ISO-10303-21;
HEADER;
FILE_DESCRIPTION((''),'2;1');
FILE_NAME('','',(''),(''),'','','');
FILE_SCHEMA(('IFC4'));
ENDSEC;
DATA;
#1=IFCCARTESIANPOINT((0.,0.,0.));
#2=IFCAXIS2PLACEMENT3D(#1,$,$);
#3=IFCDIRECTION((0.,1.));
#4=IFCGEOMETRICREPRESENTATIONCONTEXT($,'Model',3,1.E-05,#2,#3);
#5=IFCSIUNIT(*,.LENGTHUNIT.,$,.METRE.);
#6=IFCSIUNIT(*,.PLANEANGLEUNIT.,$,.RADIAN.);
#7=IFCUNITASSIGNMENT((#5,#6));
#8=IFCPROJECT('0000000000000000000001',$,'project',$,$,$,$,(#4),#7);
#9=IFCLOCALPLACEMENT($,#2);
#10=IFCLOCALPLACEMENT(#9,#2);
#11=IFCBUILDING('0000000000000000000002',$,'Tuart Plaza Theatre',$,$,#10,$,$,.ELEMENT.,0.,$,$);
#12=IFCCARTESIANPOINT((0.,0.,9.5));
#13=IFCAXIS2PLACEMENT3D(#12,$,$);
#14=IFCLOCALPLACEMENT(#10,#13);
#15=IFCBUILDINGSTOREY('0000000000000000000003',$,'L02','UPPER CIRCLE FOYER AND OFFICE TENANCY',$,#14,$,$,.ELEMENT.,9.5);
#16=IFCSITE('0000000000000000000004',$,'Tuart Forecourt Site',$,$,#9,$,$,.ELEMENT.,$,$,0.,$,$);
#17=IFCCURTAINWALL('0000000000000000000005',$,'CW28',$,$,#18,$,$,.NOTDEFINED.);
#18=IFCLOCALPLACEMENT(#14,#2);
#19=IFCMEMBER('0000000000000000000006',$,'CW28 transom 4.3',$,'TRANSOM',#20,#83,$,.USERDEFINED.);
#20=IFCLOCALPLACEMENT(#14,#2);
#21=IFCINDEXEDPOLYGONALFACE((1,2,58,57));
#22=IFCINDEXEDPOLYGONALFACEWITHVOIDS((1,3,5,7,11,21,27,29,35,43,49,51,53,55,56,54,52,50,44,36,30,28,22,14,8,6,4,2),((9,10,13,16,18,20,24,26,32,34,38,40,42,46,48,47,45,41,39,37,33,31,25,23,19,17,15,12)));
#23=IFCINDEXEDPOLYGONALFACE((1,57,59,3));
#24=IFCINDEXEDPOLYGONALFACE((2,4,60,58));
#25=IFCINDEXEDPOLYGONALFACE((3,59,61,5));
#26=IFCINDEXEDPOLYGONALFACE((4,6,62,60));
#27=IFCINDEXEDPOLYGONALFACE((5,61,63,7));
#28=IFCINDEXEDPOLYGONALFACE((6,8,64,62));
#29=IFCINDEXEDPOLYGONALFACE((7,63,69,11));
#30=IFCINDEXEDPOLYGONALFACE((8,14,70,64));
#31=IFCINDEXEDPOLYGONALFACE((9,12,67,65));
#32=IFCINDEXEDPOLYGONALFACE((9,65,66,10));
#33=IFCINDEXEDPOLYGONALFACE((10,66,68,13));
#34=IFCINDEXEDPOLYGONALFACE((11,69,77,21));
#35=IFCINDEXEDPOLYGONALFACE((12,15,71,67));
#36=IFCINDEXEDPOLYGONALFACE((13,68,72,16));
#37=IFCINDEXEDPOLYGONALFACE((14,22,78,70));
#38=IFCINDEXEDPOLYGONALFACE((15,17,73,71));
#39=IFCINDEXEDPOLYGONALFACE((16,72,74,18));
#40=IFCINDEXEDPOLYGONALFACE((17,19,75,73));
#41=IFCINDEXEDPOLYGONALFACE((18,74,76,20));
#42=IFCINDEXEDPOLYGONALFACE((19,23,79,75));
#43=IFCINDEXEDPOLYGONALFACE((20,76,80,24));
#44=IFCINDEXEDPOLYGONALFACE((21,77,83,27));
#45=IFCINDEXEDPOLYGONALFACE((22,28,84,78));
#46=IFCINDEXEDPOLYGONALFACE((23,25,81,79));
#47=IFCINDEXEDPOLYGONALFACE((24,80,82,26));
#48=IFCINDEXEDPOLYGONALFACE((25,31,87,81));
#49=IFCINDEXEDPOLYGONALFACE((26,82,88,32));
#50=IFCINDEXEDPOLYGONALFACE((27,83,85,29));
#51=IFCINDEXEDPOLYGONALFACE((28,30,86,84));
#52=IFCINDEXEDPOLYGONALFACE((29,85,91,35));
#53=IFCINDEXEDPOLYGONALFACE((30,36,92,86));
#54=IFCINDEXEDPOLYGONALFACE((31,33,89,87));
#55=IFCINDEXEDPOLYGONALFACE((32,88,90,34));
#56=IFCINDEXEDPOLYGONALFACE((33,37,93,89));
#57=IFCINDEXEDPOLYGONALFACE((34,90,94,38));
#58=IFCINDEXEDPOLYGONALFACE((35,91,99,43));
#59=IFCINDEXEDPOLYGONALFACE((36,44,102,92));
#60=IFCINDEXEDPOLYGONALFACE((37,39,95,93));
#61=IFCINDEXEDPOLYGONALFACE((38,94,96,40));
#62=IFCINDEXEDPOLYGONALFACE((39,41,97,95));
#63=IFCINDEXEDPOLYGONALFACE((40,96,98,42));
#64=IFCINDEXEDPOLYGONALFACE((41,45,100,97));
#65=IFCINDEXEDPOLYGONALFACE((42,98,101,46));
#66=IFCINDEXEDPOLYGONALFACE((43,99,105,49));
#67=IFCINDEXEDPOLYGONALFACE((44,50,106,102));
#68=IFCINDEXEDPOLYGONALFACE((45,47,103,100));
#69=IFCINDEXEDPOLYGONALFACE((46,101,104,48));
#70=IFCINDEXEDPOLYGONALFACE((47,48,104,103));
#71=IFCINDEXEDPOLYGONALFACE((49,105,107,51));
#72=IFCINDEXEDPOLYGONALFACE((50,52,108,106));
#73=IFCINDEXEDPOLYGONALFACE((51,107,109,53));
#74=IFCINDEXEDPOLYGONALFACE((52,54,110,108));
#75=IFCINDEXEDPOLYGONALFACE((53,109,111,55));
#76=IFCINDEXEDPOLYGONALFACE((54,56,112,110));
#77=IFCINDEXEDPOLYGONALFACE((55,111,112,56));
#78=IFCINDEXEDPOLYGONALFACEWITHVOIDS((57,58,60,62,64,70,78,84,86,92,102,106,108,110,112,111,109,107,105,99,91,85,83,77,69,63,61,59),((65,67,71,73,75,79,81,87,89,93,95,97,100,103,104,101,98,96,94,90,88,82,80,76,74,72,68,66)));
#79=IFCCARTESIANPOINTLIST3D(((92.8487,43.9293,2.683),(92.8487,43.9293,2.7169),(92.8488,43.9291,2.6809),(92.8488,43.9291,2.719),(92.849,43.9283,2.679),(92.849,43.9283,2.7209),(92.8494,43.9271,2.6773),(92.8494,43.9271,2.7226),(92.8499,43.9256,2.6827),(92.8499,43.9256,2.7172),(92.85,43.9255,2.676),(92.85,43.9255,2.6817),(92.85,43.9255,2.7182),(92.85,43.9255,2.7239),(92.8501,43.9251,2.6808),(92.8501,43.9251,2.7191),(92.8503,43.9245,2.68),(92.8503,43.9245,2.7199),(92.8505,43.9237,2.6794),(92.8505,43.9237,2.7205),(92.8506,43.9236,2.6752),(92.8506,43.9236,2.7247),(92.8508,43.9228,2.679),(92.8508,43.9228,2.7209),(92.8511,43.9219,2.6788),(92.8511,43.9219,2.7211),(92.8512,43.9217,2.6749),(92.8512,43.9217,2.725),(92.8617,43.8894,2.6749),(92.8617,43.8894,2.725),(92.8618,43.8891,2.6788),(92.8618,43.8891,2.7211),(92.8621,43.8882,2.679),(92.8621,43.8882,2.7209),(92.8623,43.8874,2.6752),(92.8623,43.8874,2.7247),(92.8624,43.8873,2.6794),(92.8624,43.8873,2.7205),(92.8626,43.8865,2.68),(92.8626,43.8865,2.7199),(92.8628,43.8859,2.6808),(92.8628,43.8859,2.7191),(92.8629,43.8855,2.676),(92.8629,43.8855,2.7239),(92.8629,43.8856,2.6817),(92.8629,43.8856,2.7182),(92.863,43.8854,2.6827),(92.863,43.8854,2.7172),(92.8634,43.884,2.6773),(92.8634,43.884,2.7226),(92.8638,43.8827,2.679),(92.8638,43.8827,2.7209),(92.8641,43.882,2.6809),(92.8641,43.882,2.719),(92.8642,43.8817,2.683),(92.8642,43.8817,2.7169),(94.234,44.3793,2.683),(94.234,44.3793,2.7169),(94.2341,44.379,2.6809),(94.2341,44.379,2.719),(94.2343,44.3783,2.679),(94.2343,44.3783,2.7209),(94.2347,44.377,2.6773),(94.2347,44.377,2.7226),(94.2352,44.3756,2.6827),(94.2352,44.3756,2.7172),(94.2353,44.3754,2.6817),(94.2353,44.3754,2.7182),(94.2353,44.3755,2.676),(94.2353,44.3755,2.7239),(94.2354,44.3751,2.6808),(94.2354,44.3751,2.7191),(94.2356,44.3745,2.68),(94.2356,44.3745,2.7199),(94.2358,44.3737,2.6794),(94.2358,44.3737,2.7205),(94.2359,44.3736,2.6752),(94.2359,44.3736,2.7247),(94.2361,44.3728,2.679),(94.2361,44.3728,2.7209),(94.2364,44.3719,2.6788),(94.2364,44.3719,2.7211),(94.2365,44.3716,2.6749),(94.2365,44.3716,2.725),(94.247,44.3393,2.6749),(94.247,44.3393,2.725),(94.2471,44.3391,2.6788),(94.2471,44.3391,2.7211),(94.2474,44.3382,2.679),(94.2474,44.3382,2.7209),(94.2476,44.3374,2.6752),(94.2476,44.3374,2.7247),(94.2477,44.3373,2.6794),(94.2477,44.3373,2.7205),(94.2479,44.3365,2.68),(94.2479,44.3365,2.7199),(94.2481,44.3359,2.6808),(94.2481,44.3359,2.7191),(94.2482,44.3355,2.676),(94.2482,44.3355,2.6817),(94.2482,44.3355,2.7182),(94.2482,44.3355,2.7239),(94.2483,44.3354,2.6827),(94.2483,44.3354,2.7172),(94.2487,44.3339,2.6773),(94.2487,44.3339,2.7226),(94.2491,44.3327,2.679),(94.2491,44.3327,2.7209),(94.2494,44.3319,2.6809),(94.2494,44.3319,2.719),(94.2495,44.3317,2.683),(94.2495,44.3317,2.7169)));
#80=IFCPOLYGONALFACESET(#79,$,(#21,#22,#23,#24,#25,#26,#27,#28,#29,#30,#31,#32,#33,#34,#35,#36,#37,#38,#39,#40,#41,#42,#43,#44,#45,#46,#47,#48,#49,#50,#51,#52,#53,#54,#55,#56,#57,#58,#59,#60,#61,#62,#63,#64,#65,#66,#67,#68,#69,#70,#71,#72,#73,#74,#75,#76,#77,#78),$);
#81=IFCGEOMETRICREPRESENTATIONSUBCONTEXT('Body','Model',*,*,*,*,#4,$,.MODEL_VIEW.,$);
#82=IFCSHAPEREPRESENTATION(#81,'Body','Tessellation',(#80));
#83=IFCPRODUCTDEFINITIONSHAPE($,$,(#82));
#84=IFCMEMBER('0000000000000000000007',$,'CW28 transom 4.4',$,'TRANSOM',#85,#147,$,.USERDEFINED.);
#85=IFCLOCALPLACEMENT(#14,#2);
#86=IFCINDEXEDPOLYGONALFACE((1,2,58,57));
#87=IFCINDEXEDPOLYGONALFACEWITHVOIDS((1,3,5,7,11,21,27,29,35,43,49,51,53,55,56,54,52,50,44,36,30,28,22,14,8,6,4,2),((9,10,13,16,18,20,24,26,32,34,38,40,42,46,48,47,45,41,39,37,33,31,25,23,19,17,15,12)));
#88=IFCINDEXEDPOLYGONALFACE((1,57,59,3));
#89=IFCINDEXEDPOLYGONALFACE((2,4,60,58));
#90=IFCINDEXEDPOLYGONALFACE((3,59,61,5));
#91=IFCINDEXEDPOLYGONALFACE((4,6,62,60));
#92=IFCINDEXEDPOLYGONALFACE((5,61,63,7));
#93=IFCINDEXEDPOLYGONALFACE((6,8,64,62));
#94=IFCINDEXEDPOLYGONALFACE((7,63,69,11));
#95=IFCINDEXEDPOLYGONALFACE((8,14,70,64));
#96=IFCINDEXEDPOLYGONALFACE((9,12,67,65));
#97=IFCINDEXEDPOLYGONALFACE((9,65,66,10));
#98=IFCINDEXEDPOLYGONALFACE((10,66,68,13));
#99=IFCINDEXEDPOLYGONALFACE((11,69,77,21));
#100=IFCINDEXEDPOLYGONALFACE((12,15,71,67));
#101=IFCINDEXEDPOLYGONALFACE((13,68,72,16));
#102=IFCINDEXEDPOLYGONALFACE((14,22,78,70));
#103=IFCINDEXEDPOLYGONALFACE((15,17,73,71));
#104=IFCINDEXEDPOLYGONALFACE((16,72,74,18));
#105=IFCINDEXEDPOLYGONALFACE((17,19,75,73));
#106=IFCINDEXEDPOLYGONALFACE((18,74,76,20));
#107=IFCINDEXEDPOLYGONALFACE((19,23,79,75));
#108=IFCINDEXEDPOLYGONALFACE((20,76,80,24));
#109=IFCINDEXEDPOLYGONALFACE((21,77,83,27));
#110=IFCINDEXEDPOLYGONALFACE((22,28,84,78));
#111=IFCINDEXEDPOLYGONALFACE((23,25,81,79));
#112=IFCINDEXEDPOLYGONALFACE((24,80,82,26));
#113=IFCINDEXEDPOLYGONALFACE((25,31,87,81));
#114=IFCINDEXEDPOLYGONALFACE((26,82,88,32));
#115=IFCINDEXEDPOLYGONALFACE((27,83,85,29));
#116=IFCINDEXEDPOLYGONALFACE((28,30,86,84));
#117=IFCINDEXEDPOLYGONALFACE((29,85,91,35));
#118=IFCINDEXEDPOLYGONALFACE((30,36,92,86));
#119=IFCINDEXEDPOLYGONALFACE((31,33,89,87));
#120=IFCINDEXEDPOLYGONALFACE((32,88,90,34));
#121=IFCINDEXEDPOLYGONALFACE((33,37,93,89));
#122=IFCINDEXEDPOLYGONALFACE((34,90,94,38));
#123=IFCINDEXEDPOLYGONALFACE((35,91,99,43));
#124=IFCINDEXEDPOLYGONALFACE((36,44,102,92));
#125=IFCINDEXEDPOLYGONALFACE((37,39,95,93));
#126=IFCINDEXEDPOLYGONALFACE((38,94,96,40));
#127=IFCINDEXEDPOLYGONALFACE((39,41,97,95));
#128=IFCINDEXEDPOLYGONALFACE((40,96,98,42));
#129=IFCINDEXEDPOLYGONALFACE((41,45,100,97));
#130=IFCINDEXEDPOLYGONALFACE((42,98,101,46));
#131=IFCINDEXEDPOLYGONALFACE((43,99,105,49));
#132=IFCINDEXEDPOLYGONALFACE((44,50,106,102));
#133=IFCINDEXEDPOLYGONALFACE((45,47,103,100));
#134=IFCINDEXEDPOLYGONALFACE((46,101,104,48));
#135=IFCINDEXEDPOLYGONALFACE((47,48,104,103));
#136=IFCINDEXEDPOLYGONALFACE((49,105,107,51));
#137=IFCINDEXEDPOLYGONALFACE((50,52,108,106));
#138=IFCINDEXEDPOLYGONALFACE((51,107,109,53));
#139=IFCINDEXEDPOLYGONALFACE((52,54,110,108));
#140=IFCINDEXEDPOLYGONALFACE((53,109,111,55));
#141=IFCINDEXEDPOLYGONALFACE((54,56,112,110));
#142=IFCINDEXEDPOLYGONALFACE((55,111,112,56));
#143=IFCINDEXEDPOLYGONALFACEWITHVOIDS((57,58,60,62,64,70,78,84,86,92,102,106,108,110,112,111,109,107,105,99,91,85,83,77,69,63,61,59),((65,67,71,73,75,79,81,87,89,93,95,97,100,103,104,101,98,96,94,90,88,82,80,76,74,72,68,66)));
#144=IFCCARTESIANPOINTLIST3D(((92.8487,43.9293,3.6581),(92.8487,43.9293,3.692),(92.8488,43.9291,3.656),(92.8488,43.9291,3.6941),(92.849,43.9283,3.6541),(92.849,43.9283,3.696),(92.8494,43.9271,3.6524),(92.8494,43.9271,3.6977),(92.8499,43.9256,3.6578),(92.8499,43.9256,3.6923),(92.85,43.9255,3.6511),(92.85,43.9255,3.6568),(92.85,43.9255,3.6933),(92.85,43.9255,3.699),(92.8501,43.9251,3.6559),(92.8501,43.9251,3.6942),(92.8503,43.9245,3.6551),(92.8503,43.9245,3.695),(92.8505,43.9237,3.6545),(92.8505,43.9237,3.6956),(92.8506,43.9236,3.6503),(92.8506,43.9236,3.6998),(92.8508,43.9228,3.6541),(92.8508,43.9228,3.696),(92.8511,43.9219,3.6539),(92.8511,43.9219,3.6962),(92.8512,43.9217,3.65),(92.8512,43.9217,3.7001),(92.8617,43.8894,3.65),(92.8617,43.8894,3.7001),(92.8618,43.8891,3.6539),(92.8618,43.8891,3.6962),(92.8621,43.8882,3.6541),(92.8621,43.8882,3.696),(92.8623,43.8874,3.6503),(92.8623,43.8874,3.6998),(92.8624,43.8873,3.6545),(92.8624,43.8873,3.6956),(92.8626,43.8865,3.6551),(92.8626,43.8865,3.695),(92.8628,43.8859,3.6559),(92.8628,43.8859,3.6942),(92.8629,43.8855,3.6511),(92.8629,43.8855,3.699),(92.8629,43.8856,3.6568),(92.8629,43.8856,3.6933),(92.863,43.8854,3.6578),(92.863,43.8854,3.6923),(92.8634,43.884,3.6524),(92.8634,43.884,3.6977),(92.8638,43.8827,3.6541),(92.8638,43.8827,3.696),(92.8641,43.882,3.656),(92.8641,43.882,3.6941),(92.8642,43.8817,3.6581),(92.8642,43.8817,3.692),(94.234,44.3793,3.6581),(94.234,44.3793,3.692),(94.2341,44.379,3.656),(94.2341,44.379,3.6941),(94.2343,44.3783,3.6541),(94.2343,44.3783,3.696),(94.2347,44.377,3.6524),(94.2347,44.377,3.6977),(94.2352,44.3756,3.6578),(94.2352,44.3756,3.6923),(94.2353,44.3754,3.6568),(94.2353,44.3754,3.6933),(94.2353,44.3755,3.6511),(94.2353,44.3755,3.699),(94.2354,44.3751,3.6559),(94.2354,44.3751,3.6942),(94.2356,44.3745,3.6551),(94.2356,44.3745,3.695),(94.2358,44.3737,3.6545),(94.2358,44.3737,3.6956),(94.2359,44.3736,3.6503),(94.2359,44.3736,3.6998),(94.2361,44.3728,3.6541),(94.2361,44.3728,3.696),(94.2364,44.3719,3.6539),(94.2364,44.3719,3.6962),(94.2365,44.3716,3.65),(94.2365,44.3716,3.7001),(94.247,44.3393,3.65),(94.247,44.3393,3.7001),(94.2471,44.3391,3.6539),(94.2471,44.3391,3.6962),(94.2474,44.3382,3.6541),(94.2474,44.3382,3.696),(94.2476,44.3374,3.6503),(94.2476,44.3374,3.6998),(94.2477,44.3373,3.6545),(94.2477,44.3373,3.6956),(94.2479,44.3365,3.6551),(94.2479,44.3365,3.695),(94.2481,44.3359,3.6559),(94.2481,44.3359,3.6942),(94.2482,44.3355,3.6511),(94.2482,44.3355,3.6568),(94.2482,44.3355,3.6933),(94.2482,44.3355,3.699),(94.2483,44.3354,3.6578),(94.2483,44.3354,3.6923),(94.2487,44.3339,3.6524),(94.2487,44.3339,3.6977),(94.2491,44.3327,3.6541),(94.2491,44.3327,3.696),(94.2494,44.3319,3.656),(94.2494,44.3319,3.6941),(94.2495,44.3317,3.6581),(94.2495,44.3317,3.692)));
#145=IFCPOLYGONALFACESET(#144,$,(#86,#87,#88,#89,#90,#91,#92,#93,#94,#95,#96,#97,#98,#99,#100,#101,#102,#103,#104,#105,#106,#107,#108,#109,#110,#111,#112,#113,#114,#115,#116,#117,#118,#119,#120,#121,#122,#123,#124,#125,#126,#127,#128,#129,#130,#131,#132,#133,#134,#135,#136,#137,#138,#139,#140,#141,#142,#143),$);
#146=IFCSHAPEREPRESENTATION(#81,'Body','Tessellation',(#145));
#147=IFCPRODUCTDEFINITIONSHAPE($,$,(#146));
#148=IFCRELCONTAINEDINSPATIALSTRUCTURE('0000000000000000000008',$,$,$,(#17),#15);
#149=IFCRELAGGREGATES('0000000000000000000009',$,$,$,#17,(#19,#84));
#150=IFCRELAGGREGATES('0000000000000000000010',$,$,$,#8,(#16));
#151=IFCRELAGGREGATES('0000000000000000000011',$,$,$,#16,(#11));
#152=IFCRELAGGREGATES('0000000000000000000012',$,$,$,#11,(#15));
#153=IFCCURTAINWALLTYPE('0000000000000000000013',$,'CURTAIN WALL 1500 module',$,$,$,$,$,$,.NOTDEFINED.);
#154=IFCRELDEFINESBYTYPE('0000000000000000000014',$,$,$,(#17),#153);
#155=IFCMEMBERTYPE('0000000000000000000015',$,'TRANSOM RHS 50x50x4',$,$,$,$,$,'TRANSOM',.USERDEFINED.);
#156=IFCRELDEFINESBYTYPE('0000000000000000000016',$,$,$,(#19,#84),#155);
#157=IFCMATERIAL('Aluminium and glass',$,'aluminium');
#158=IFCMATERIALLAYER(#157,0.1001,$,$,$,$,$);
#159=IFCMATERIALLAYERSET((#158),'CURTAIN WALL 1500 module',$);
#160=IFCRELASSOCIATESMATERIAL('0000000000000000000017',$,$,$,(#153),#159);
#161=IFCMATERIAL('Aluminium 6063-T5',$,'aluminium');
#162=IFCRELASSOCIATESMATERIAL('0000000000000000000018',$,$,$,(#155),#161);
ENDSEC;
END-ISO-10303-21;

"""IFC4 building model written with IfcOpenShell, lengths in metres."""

from ifc_helpers import new_model, si_unit, direction, frame, origin, origin_2d, place, context, subcontext, project, spatial, hollow_rectangle, extrude, material, layer, layer_set, material_profile, profile_set, type_object, element, aggregate, save


model = new_model("IFC4")

# Units and contexts
model_context = context("Model", 3, precision=1e-05, world=origin(), true_north=direction((0.0, 1.0)))
body_context = subcontext(model_context, "Body", "Model", "MODEL_VIEW")
ifc_project = project(units=[si_unit("LENGTHUNIT", "METRE"), si_unit("PLANEANGLEUNIT", "RADIAN")], contexts=[model_context])

# Site, building, storey
site_placement = place(None, origin())
site = spatial("IfcSite", under=ifc_project, at=site_placement, Name="Tuart Forecourt Site", CompositionType="ELEMENT", RefElevation=0.0)
building_placement = place(site_placement, origin())
building = spatial("IfcBuilding", under=site, at=building_placement, Name="Tuart Plaza Theatre", CompositionType="ELEMENT", ElevationOfRefHeight=0.0)
storey_placement = place(building_placement, frame((0.0, 0.0, 9.5)))
storey = spatial("IfcBuildingStorey", under=building, at=storey_placement, Name="L02", Description="UPPER CIRCLE FOYER AND OFFICE TENANCY", CompositionType="ELEMENT", Elevation=9.5)

# Curtain wall
ifc_material_1 = material(Name="Aluminium and glass", Category="aluminium")
ifc_layer_1 = layer(ifc_material_1, 0.1001)
ifc_layer_set_1 = layer_set([ifc_layer_1], Name="CURTAIN WALL 1500 module")
curtain_wall_type = type_object("IfcCurtainWallType", Name="CURTAIN WALL 1500 module", PredefinedType="NOTDEFINED", material=ifc_layer_set_1)
curtain_wall_1_placement = place(storey_placement, origin())
curtain_wall_1 = element("IfcCurtainWall", 1, at=curtain_wall_1_placement, inside=storey, type_object=curtain_wall_type, Name="CW28", PredefinedType="NOTDEFINED")

# Members
ifc_material_2 = material(Name="Aluminium 6063-T5", Category="aluminium")
ifc_material_profile_1 = material_profile(ifc_material_2, hollow_rectangle(XDim=0.05, YDim=0.05, WallThickness=0.0039, InnerFilletRadius=0.0039, OuterFilletRadius=0.0081, at=origin_2d()), Name="RHS 50x50x4")
ifc_profile_set_1 = profile_set([ifc_material_profile_1], Name="Aluminium 6063-T5")
member_type_1 = type_object("IfcMemberType", Name="TRANSOM RHS 50x50x4", ElementType="TRANSOM", PredefinedType="USERDEFINED", material=ifc_profile_set_1)
member_1_placement = place(storey_placement, frame((92.8564, 43.9055, 2.7), z_axis=(0.951086, 0.308927, 0.0), x_axis=(-0.308927, 0.951086, 0.0)))
member_1 = element("IfcMember", 2, at=member_1_placement, type_object=member_type_1, Name="CW28 transom 4.3", ObjectType="TRANSOM", PredefinedType="USERDEFINED", context=body_context, shape_type="SweptSolid", body=[
    extrude(hollow_rectangle(XDim=0.05, YDim=0.05, WallThickness=0.0039, InnerFilletRadius=0.0039, OuterFilletRadius=0.0081, at=origin_2d()), origin(), (0.0, 0.0, 1.0), 1.4565),
])
member_2_placement = place(storey_placement, frame((92.8564, 43.9055, 3.675), z_axis=(0.951086, 0.308927, 0.0), x_axis=(-0.308927, 0.951086, 0.0)))
member_2 = element("IfcMember", 3, at=member_2_placement, type_object=member_type_1, Name="CW28 transom 4.4", ObjectType="TRANSOM", PredefinedType="USERDEFINED", context=body_context, shape_type="SweptSolid", body=[
    extrude(hollow_rectangle(XDim=0.05, YDim=0.05, WallThickness=0.0039, InnerFilletRadius=0.0039, OuterFilletRadius=0.0081, at=origin_2d()), origin(), (0.0, 0.0, 1.0), 1.4565),
])

aggregate(curtain_wall_1, [member_1, member_2])

save(model, "model.ifc")
